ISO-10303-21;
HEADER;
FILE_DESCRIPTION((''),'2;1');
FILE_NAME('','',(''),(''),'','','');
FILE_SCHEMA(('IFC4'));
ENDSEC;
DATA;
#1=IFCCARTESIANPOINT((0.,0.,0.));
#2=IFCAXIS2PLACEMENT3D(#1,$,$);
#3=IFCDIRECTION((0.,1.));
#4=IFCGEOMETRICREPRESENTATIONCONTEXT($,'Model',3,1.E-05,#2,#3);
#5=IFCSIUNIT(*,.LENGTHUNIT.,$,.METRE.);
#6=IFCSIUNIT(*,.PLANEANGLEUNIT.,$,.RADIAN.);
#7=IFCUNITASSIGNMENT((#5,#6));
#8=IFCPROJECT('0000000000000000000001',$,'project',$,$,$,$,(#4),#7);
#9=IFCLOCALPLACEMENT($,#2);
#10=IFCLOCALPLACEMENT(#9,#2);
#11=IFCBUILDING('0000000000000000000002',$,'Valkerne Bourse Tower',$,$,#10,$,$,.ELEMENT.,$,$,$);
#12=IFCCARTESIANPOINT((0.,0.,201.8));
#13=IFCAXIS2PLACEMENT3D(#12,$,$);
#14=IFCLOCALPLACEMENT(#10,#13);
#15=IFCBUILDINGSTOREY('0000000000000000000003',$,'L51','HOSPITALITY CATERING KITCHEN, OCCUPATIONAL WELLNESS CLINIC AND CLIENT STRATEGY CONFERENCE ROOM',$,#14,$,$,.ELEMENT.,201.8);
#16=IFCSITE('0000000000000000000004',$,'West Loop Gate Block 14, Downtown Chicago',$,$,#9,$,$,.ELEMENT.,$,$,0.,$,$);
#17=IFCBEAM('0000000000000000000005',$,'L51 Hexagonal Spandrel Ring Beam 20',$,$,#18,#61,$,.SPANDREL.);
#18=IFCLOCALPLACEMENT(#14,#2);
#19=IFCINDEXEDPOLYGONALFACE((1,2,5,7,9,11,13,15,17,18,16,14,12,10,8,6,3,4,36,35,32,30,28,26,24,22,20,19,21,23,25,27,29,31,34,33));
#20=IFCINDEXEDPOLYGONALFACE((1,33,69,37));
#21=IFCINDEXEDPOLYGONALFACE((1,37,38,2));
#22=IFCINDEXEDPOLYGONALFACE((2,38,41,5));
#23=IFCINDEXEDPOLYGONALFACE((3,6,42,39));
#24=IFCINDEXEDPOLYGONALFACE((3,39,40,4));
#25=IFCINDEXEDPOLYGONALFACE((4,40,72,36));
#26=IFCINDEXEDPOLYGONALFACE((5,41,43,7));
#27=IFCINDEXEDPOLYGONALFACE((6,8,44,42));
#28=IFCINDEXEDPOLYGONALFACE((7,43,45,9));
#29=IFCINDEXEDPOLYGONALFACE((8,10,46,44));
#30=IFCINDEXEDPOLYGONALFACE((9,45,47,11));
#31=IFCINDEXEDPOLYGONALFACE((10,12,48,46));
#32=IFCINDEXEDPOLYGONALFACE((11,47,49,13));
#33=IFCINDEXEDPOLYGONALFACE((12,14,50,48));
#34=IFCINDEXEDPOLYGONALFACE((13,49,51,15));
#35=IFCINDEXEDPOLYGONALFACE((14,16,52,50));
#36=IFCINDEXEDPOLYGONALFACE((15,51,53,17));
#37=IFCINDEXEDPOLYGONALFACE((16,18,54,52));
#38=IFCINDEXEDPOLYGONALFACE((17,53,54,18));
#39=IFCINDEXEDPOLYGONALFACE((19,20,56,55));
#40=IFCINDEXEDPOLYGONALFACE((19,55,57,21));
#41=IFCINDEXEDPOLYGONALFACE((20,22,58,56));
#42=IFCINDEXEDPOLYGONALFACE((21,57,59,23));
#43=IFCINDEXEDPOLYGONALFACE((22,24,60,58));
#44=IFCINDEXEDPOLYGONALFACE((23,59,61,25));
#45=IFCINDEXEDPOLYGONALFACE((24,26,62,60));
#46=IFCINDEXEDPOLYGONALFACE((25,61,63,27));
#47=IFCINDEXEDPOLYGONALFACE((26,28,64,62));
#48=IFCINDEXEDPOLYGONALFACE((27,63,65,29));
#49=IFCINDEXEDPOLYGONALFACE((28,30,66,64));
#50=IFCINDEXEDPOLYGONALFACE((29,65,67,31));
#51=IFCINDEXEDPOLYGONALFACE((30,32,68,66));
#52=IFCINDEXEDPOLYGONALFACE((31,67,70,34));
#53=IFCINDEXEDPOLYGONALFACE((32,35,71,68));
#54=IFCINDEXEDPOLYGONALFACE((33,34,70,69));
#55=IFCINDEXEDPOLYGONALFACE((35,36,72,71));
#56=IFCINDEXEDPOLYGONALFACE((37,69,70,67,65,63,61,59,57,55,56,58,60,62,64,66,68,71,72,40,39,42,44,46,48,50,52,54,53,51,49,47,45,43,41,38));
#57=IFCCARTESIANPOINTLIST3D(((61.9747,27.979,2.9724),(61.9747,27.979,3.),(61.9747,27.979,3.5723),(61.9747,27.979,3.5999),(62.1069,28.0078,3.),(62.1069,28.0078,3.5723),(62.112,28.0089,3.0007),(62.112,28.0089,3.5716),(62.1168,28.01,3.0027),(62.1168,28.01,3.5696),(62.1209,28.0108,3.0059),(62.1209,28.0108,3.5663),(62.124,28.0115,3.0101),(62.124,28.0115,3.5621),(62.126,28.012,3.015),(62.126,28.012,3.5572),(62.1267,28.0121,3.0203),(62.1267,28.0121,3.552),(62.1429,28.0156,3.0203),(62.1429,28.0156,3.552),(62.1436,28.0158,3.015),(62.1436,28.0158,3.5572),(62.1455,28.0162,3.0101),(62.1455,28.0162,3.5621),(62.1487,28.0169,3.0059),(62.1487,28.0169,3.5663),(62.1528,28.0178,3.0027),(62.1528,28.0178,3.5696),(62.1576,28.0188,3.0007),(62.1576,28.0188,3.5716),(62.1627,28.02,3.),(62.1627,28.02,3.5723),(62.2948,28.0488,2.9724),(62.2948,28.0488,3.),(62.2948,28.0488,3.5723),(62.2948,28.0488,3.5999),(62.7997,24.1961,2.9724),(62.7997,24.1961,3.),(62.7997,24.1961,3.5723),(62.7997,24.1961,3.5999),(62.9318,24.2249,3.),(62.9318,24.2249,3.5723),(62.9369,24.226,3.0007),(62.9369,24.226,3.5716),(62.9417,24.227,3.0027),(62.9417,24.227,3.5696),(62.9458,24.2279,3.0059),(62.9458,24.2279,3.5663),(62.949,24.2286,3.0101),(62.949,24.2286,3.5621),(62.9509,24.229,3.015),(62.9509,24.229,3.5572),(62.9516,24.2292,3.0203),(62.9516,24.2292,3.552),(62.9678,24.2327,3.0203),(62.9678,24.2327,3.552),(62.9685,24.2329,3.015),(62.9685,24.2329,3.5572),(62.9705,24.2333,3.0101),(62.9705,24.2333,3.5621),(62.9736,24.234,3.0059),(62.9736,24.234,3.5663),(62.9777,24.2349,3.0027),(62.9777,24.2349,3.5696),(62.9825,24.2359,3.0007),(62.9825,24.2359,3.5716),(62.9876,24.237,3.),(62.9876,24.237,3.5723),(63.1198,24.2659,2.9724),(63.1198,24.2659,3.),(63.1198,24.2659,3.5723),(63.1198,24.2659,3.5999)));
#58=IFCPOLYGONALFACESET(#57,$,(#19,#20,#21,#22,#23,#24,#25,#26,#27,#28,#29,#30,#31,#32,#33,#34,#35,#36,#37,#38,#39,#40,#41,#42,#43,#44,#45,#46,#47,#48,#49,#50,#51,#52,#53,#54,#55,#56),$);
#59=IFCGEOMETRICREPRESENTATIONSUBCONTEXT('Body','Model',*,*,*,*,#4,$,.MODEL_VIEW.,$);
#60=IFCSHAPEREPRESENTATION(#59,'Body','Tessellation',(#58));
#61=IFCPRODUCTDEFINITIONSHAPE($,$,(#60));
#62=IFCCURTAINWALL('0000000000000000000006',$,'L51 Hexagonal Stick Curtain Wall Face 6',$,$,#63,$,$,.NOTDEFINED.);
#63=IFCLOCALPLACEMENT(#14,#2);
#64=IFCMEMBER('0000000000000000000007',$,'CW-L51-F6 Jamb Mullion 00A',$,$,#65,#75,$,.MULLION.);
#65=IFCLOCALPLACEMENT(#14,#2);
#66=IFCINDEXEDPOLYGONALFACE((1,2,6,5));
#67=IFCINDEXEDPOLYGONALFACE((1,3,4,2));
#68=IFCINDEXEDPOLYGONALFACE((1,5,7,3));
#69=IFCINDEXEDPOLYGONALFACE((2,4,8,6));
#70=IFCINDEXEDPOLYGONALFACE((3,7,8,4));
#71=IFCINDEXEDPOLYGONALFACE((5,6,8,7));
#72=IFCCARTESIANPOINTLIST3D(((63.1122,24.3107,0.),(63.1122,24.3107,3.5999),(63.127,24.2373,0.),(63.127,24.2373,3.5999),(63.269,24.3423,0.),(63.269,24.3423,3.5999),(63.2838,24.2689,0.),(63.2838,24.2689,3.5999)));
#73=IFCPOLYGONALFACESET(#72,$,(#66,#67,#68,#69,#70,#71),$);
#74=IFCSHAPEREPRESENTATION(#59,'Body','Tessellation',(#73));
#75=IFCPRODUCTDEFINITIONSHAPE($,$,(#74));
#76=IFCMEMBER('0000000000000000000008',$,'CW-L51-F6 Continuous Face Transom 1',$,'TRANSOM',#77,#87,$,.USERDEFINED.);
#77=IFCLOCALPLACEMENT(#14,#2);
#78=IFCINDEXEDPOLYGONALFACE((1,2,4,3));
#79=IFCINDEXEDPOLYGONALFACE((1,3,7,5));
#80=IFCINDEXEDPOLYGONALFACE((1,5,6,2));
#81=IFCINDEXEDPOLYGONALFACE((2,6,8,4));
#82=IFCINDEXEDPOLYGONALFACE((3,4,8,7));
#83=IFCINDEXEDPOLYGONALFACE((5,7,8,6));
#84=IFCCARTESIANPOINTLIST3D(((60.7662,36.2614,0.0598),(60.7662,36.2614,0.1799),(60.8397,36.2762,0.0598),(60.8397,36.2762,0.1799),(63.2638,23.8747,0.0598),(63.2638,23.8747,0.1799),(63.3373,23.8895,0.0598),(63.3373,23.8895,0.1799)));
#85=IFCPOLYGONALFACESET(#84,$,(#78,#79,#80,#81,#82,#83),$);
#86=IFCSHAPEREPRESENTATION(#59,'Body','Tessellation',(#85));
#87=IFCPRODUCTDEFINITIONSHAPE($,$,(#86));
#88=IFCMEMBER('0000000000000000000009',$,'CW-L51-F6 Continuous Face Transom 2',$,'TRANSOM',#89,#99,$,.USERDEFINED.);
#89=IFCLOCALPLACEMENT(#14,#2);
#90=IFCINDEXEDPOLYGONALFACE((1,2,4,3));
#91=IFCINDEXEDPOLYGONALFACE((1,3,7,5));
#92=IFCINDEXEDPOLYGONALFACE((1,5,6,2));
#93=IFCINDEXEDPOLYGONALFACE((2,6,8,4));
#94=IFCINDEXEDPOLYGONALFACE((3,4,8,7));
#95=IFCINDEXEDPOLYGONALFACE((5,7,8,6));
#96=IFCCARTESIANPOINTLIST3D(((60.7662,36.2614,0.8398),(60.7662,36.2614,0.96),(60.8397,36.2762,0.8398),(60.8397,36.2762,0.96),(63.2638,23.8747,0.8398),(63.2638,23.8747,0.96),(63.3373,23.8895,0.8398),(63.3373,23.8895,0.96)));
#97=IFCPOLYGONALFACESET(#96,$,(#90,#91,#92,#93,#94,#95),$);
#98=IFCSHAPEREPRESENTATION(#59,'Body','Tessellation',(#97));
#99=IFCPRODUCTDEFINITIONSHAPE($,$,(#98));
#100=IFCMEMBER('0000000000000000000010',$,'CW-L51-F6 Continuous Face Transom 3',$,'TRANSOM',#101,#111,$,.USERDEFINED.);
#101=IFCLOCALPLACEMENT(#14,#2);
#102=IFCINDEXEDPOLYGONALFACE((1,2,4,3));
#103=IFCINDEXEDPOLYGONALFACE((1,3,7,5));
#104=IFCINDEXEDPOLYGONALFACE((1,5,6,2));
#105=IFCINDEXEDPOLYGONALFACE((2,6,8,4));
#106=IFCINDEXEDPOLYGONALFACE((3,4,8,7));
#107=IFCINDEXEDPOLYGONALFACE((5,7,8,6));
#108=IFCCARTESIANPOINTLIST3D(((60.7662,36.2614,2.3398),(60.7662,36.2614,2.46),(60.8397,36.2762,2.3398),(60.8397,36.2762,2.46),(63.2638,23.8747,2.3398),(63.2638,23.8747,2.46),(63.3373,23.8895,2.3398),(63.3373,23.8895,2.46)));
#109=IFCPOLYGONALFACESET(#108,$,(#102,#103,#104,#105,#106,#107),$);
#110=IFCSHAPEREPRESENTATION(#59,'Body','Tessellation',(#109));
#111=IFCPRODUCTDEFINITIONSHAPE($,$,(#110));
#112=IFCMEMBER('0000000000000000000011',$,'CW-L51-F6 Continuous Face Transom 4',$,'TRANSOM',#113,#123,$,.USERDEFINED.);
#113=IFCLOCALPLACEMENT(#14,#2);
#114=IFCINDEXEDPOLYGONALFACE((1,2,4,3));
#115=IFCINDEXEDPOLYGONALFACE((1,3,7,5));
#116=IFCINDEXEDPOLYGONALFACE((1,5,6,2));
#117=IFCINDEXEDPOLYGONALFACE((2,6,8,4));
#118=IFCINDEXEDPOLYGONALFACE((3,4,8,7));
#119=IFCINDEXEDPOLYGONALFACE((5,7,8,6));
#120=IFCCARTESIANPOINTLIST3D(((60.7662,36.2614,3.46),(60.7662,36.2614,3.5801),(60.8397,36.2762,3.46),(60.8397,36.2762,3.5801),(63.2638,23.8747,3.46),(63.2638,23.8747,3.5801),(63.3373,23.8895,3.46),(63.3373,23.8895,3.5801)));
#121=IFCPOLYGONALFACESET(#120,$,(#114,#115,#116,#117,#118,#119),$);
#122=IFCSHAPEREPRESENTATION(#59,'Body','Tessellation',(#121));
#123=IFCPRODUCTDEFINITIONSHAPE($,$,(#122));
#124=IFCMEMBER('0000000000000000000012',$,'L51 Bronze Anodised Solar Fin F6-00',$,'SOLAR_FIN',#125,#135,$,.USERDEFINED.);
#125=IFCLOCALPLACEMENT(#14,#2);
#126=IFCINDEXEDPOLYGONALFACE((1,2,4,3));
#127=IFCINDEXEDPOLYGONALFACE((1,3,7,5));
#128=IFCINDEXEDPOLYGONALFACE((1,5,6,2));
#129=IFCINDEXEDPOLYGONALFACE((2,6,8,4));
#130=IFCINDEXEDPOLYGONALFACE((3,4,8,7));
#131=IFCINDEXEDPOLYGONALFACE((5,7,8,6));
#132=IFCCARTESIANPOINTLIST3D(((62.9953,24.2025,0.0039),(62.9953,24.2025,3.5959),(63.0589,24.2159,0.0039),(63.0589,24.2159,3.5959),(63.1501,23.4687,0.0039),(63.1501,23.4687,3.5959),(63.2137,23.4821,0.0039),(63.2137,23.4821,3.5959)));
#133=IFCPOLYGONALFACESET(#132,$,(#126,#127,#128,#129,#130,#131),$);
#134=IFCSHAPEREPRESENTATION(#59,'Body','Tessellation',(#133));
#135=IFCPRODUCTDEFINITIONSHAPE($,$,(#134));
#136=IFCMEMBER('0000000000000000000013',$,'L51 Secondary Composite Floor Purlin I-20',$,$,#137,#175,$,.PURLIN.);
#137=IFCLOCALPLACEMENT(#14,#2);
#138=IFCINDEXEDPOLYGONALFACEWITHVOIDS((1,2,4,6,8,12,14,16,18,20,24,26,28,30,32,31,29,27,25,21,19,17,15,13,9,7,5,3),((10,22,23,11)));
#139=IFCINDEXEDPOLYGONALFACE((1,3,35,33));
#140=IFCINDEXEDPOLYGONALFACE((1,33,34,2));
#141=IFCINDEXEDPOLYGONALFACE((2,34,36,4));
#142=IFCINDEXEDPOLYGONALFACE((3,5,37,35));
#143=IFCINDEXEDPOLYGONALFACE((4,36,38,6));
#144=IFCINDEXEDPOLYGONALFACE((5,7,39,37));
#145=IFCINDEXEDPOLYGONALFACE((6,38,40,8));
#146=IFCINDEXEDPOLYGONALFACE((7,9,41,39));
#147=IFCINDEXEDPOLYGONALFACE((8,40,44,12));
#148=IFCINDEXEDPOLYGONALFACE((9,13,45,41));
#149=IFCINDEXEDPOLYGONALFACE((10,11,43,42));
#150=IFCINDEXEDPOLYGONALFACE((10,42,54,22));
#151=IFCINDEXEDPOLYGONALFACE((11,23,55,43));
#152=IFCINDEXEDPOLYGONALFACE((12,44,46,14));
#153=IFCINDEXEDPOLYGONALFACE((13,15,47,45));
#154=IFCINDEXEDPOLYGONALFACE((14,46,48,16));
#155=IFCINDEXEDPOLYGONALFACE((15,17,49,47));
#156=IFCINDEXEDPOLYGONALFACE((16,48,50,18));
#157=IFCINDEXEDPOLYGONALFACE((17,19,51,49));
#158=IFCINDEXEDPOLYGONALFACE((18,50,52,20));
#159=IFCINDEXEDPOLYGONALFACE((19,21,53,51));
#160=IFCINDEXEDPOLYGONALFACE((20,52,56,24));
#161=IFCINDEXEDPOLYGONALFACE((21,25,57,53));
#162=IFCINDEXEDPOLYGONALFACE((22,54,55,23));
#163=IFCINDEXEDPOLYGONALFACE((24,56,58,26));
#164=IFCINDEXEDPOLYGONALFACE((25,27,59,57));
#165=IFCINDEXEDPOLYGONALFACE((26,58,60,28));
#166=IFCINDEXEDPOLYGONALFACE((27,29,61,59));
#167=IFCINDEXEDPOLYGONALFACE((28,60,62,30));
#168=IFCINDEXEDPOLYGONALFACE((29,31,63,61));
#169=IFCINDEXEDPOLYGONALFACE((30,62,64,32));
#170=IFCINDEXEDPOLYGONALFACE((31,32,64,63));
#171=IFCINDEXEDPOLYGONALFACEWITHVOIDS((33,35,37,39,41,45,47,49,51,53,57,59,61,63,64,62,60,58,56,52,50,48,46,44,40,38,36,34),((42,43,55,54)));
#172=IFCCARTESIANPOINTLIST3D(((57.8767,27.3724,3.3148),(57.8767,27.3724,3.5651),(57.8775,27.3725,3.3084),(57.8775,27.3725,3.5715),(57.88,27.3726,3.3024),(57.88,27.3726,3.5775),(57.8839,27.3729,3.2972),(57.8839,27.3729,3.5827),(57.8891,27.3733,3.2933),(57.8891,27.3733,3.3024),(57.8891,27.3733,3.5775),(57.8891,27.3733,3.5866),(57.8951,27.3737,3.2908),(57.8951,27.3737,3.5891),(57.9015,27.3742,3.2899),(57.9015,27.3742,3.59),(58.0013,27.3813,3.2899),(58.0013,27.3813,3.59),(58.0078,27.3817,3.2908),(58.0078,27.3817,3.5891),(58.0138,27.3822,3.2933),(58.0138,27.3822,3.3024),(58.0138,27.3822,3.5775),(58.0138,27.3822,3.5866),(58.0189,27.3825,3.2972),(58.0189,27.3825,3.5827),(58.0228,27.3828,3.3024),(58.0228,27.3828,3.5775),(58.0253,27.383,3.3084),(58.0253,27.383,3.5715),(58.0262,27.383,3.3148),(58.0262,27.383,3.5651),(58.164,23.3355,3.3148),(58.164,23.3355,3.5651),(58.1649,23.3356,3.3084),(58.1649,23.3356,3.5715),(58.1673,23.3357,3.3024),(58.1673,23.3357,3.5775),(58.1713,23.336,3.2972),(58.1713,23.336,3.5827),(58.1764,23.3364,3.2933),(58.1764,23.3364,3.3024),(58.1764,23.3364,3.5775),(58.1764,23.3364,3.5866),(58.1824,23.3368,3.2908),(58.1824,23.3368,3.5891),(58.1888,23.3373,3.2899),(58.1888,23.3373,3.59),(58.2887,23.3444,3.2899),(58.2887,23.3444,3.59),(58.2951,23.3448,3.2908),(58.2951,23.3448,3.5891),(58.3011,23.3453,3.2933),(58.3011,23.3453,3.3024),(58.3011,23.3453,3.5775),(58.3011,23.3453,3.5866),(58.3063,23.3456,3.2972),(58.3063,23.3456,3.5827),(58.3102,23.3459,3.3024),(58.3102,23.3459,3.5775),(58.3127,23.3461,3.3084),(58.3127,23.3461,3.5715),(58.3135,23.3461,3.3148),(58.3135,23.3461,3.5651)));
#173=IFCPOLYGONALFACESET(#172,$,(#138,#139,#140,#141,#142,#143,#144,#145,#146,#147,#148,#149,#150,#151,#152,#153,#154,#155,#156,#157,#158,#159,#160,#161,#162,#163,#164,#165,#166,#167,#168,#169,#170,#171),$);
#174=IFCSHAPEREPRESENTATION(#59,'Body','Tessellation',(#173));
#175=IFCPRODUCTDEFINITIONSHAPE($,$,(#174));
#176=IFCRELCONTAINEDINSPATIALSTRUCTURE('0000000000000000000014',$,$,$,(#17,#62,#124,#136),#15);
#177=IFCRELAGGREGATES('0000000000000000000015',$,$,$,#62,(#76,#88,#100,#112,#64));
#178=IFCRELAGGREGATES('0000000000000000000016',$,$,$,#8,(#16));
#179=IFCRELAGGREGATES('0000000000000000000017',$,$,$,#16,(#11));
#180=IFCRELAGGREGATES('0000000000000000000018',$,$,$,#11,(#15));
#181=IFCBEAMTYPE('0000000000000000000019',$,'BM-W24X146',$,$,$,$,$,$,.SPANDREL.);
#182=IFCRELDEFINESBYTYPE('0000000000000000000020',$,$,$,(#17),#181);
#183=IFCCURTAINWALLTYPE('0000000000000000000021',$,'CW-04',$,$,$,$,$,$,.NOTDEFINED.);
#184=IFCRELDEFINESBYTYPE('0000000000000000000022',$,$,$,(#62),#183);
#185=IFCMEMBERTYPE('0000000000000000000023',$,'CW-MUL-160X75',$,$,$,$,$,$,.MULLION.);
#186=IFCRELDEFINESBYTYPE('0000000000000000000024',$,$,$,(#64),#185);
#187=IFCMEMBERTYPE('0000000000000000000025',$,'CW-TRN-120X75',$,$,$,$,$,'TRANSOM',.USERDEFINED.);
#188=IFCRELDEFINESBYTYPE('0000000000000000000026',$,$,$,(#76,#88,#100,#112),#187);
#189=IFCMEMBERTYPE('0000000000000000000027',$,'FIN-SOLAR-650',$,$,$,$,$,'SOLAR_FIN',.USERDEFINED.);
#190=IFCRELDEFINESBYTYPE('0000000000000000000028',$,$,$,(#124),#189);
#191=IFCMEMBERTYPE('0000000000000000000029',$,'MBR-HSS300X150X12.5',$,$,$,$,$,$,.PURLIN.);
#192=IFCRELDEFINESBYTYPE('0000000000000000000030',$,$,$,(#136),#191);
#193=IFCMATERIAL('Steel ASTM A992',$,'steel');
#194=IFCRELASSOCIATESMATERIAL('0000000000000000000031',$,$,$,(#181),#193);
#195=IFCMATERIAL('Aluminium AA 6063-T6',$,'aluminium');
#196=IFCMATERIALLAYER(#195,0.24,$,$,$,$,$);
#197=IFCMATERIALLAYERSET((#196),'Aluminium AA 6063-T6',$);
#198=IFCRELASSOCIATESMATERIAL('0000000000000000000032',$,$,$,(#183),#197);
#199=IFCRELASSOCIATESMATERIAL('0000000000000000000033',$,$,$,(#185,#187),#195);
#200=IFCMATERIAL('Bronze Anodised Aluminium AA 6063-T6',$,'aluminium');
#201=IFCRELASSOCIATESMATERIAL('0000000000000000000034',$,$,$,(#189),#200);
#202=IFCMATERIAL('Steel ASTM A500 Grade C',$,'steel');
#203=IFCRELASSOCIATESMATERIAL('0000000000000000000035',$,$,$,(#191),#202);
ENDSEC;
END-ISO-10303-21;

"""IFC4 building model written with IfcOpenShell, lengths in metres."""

from ifc_helpers import new_model, si_unit, direction, frame, origin, origin_2d, place, context, subcontext, project, spatial, rectangle, hollow_rectangle, i_section, extrude, material, layer, layer_set, material_profile, profile_set, type_object, element, aggregate, save


model = new_model("IFC4")

# Units and contexts
model_context = context("Model", 3, precision=1e-05, world=origin(), true_north=direction((0.0, 1.0)))
body_context = subcontext(model_context, "Body", "Model", "MODEL_VIEW")
ifc_project = project(units=[si_unit("LENGTHUNIT", "METRE"), si_unit("PLANEANGLEUNIT", "RADIAN")], contexts=[model_context])

# Site, building, storey
site_placement = place(None, origin())
site = spatial("IfcSite", under=ifc_project, at=site_placement, Name="West Loop Gate Block 14, Downtown Chicago", CompositionType="ELEMENT", RefElevation=0.0)
building_placement = place(site_placement, origin())
building = spatial("IfcBuilding", under=site, at=building_placement, Name="Valkerne Bourse Tower", CompositionType="ELEMENT")
storey_placement = place(building_placement, frame((0.0, 0.0, 201.8)))
storey = spatial("IfcBuildingStorey", under=building, at=storey_placement, Name="L51", Description="HOSPITALITY CATERING KITCHEN, OCCUPATIONAL WELLNESS CLINIC AND CLIENT STRATEGY CONFERENCE ROOM", CompositionType="ELEMENT", Elevation=201.8)

# Beam
ifc_material_1 = material(Name="Steel ASTM A992", Category="steel")
ifc_material_profile_1 = material_profile(ifc_material_1, i_section(OverallWidth=0.3276, OverallDepth=0.6274, WebThickness=0.0166, FlangeThickness=0.0276, FilletRadius=0.0203, at=origin_2d()), Name="W24X146")
ifc_profile_set_1 = profile_set([ifc_material_profile_1], Name="Steel ASTM A992")
beam_type_1 = type_object("IfcBeamType", Name="BM-W24X146", PredefinedType="SPANDREL", material=ifc_profile_set_1)
beam_1_placement = place(storey_placement, frame((62.9597, 24.231, 3.2861), z_axis=(-0.213063, 0.977038, 0.0), x_axis=(-0.977038, -0.213063, 0.0)))
element("IfcBeam", 1, at=beam_1_placement, inside=storey, type_object=beam_type_1, Name="L51 Hexagonal Spandrel Ring Beam 20", PredefinedType="SPANDREL", context=body_context, shape_type="SweptSolid", body=[
    extrude(i_section(OverallWidth=0.3276, OverallDepth=0.6274, WebThickness=0.0166, FlangeThickness=0.0276, FilletRadius=0.0203, at=origin_2d()), origin(), (0.0, 0.0, 1.0), 3.8718),
])

# Curtain wall, members
ifc_material_2 = material(Name="Aluminium AA 6063-T6", Category="aluminium")
ifc_layer_1 = layer(ifc_material_2, 0.24)
ifc_layer_set_1 = layer_set([ifc_layer_1], Name="Aluminium AA 6063-T6")
curtain_wall_type = type_object("IfcCurtainWallType", Name="CW-04", PredefinedType="NOTDEFINED", material=ifc_layer_set_1)
curtain_wall_placement = place(storey_placement, origin())
curtain_wall = element("IfcCurtainWall", 2, at=curtain_wall_placement, inside=storey, type_object=curtain_wall_type, Name="L51 Hexagonal Stick Curtain Wall Face 6", PredefinedType="NOTDEFINED")
ifc_material_profile_2 = material_profile(ifc_material_2, rectangle(XDim=0.075, YDim=0.1599, at=origin_2d()), Name="CWM-75X160")
ifc_profile_set_2 = profile_set([ifc_material_profile_2], Name="Aluminium AA 6063-T6")
member_type_1 = type_object("IfcMemberType", Name="CW-MUL-160X75", PredefinedType="MULLION", material=ifc_profile_set_2)
member_1_placement = place(storey_placement, frame((63.198, 24.2898, 0.0), z_axis=(0.0, 0.0, 1.0), x_axis=(-0.19765, 0.980273, 0.0)))
member_1 = element("IfcMember", 3, at=member_1_placement, type_object=member_type_1, Name="CW-L51-F6 Jamb Mullion 00A", PredefinedType="MULLION", context=body_context, shape_type="SweptSolid", body=[
    extrude(rectangle(XDim=0.075, YDim=0.1599, at=origin_2d()), origin(), (0.0, 0.0, 1.0), 3.5999),
])
ifc_material_profile_3 = material_profile(ifc_material_2, rectangle(XDim=0.075, YDim=0.1201, at=origin_2d()), Name="CWT-75X120")
ifc_profile_set_3 = profile_set([ifc_material_profile_3], Name="Aluminium AA 6063-T6")
member_type_2 = type_object("IfcMemberType", Name="CW-TRN-120X75", ElementType="TRANSOM", PredefinedType="USERDEFINED", material=ifc_profile_set_3)
member_2_placement = place(storey_placement, frame((63.3005, 23.8821, 0.1199), z_axis=(-0.197654, 0.980272, 0.0), x_axis=(-0.980272, -0.197654, 0.0)))
member_2 = element("IfcMember", 4, at=member_2_placement, type_object=member_type_2, Name="CW-L51-F6 Continuous Face Transom 1", ObjectType="TRANSOM", PredefinedType="USERDEFINED", context=body_context, shape_type="SweptSolid", body=[
    extrude(rectangle(XDim=0.075, YDim=0.1201, at=origin_2d()), origin(), (0.0, 0.0, 1.0), 12.636),
])
member_3_placement = place(storey_placement, frame((63.3005, 23.8821, 0.8999), z_axis=(-0.197654, 0.980272, 0.0), x_axis=(-0.980272, -0.197654, 0.0)))
member_3 = element("IfcMember", 5, at=member_3_placement, type_object=member_type_2, Name="CW-L51-F6 Continuous Face Transom 2", ObjectType="TRANSOM", PredefinedType="USERDEFINED", context=body_context, shape_type="SweptSolid", body=[
    extrude(rectangle(XDim=0.075, YDim=0.1201, at=origin_2d()), origin(), (0.0, 0.0, 1.0), 12.636),
])
member_4_placement = place(storey_placement, frame((63.3005, 23.8821, 2.3999), z_axis=(-0.197654, 0.980272, 0.0), x_axis=(-0.980272, -0.197654, 0.0)))
member_4 = element("IfcMember", 6, at=member_4_placement, type_object=member_type_2, Name="CW-L51-F6 Continuous Face Transom 3", ObjectType="TRANSOM", PredefinedType="USERDEFINED", context=body_context, shape_type="SweptSolid", body=[
    extrude(rectangle(XDim=0.075, YDim=0.1201, at=origin_2d()), origin(), (0.0, 0.0, 1.0), 12.636),
])
member_5_placement = place(storey_placement, frame((63.3005, 23.8821, 3.52), z_axis=(-0.197654, 0.980272, 0.0), x_axis=(-0.980272, -0.197654, 0.0)))
member_5 = element("IfcMember", 7, at=member_5_placement, type_object=member_type_2, Name="CW-L51-F6 Continuous Face Transom 4", ObjectType="TRANSOM", PredefinedType="USERDEFINED", context=body_context, shape_type="SweptSolid", body=[
    extrude(rectangle(XDim=0.075, YDim=0.1201, at=origin_2d()), origin(), (0.0, 0.0, 1.0), 12.636),
])
aggregate(curtain_wall, [member_2, member_3, member_4, member_5, member_1])

# Members
ifc_material_3 = material(Name="Bronze Anodised Aluminium AA 6063-T6", Category="aluminium")
ifc_material_profile_4 = material_profile(ifc_material_3, rectangle(XDim=0.0649, YDim=0.75, at=origin_2d()), Name="FIN-65X750")
ifc_profile_set_4 = profile_set([ifc_material_profile_4], Name="Bronze Anodised Aluminium AA 6063-T6")
member_type_3 = type_object("IfcMemberType", Name="FIN-SOLAR-650", ElementType="SOLAR_FIN", PredefinedType="USERDEFINED", material=ifc_profile_set_4)
member_6_placement = place(storey_placement, frame((63.1045, 23.8423, 0.0039), z_axis=(0.0, 0.0, 1.0), x_axis=(0.978463, 0.206421, 0.0)))
element("IfcMember", 8, at=member_6_placement, inside=storey, type_object=member_type_3, Name="L51 Bronze Anodised Solar Fin F6-00", ObjectType="SOLAR_FIN", PredefinedType="USERDEFINED", context=body_context, shape_type="SweptSolid", body=[
    extrude(rectangle(XDim=0.0649, YDim=0.75, at=origin_2d()), origin(), (0.0, 0.0, 1.0), 3.592),
])
ifc_material_4 = material(Name="Steel ASTM A500 Grade C", Category="steel")
ifc_material_profile_5 = material_profile(ifc_material_4, hollow_rectangle(XDim=0.1499, YDim=0.3, WallThickness=0.0125, OuterFilletRadius=0.0249, at=origin_2d()), Name="HSS300X150X12.5")
ifc_profile_set_5 = profile_set([ifc_material_profile_5], Name="Steel ASTM A500 Grade C")
member_type_4 = type_object("IfcMemberType", Name="MBR-HSS300X150X12.5", PredefinedType="PURLIN", material=ifc_profile_set_5)
member_7_placement = place(storey_placement, frame((58.2388, 23.3408, 3.4399), z_axis=(-0.071003, 0.997476, 0.0), x_axis=(-0.997476, -0.071003, 0.0)))
element("IfcMember", 9, at=member_7_placement, inside=storey, type_object=member_type_4, Name="L51 Secondary Composite Floor Purlin I-20", PredefinedType="PURLIN", context=body_context, shape_type="SweptSolid", body=[
    extrude(hollow_rectangle(XDim=0.1499, YDim=0.3, WallThickness=0.0125, OuterFilletRadius=0.0249, at=origin_2d()), origin(), (0.0, 0.0, 1.0), 4.0471),
])

save(model, "model.ifc")
